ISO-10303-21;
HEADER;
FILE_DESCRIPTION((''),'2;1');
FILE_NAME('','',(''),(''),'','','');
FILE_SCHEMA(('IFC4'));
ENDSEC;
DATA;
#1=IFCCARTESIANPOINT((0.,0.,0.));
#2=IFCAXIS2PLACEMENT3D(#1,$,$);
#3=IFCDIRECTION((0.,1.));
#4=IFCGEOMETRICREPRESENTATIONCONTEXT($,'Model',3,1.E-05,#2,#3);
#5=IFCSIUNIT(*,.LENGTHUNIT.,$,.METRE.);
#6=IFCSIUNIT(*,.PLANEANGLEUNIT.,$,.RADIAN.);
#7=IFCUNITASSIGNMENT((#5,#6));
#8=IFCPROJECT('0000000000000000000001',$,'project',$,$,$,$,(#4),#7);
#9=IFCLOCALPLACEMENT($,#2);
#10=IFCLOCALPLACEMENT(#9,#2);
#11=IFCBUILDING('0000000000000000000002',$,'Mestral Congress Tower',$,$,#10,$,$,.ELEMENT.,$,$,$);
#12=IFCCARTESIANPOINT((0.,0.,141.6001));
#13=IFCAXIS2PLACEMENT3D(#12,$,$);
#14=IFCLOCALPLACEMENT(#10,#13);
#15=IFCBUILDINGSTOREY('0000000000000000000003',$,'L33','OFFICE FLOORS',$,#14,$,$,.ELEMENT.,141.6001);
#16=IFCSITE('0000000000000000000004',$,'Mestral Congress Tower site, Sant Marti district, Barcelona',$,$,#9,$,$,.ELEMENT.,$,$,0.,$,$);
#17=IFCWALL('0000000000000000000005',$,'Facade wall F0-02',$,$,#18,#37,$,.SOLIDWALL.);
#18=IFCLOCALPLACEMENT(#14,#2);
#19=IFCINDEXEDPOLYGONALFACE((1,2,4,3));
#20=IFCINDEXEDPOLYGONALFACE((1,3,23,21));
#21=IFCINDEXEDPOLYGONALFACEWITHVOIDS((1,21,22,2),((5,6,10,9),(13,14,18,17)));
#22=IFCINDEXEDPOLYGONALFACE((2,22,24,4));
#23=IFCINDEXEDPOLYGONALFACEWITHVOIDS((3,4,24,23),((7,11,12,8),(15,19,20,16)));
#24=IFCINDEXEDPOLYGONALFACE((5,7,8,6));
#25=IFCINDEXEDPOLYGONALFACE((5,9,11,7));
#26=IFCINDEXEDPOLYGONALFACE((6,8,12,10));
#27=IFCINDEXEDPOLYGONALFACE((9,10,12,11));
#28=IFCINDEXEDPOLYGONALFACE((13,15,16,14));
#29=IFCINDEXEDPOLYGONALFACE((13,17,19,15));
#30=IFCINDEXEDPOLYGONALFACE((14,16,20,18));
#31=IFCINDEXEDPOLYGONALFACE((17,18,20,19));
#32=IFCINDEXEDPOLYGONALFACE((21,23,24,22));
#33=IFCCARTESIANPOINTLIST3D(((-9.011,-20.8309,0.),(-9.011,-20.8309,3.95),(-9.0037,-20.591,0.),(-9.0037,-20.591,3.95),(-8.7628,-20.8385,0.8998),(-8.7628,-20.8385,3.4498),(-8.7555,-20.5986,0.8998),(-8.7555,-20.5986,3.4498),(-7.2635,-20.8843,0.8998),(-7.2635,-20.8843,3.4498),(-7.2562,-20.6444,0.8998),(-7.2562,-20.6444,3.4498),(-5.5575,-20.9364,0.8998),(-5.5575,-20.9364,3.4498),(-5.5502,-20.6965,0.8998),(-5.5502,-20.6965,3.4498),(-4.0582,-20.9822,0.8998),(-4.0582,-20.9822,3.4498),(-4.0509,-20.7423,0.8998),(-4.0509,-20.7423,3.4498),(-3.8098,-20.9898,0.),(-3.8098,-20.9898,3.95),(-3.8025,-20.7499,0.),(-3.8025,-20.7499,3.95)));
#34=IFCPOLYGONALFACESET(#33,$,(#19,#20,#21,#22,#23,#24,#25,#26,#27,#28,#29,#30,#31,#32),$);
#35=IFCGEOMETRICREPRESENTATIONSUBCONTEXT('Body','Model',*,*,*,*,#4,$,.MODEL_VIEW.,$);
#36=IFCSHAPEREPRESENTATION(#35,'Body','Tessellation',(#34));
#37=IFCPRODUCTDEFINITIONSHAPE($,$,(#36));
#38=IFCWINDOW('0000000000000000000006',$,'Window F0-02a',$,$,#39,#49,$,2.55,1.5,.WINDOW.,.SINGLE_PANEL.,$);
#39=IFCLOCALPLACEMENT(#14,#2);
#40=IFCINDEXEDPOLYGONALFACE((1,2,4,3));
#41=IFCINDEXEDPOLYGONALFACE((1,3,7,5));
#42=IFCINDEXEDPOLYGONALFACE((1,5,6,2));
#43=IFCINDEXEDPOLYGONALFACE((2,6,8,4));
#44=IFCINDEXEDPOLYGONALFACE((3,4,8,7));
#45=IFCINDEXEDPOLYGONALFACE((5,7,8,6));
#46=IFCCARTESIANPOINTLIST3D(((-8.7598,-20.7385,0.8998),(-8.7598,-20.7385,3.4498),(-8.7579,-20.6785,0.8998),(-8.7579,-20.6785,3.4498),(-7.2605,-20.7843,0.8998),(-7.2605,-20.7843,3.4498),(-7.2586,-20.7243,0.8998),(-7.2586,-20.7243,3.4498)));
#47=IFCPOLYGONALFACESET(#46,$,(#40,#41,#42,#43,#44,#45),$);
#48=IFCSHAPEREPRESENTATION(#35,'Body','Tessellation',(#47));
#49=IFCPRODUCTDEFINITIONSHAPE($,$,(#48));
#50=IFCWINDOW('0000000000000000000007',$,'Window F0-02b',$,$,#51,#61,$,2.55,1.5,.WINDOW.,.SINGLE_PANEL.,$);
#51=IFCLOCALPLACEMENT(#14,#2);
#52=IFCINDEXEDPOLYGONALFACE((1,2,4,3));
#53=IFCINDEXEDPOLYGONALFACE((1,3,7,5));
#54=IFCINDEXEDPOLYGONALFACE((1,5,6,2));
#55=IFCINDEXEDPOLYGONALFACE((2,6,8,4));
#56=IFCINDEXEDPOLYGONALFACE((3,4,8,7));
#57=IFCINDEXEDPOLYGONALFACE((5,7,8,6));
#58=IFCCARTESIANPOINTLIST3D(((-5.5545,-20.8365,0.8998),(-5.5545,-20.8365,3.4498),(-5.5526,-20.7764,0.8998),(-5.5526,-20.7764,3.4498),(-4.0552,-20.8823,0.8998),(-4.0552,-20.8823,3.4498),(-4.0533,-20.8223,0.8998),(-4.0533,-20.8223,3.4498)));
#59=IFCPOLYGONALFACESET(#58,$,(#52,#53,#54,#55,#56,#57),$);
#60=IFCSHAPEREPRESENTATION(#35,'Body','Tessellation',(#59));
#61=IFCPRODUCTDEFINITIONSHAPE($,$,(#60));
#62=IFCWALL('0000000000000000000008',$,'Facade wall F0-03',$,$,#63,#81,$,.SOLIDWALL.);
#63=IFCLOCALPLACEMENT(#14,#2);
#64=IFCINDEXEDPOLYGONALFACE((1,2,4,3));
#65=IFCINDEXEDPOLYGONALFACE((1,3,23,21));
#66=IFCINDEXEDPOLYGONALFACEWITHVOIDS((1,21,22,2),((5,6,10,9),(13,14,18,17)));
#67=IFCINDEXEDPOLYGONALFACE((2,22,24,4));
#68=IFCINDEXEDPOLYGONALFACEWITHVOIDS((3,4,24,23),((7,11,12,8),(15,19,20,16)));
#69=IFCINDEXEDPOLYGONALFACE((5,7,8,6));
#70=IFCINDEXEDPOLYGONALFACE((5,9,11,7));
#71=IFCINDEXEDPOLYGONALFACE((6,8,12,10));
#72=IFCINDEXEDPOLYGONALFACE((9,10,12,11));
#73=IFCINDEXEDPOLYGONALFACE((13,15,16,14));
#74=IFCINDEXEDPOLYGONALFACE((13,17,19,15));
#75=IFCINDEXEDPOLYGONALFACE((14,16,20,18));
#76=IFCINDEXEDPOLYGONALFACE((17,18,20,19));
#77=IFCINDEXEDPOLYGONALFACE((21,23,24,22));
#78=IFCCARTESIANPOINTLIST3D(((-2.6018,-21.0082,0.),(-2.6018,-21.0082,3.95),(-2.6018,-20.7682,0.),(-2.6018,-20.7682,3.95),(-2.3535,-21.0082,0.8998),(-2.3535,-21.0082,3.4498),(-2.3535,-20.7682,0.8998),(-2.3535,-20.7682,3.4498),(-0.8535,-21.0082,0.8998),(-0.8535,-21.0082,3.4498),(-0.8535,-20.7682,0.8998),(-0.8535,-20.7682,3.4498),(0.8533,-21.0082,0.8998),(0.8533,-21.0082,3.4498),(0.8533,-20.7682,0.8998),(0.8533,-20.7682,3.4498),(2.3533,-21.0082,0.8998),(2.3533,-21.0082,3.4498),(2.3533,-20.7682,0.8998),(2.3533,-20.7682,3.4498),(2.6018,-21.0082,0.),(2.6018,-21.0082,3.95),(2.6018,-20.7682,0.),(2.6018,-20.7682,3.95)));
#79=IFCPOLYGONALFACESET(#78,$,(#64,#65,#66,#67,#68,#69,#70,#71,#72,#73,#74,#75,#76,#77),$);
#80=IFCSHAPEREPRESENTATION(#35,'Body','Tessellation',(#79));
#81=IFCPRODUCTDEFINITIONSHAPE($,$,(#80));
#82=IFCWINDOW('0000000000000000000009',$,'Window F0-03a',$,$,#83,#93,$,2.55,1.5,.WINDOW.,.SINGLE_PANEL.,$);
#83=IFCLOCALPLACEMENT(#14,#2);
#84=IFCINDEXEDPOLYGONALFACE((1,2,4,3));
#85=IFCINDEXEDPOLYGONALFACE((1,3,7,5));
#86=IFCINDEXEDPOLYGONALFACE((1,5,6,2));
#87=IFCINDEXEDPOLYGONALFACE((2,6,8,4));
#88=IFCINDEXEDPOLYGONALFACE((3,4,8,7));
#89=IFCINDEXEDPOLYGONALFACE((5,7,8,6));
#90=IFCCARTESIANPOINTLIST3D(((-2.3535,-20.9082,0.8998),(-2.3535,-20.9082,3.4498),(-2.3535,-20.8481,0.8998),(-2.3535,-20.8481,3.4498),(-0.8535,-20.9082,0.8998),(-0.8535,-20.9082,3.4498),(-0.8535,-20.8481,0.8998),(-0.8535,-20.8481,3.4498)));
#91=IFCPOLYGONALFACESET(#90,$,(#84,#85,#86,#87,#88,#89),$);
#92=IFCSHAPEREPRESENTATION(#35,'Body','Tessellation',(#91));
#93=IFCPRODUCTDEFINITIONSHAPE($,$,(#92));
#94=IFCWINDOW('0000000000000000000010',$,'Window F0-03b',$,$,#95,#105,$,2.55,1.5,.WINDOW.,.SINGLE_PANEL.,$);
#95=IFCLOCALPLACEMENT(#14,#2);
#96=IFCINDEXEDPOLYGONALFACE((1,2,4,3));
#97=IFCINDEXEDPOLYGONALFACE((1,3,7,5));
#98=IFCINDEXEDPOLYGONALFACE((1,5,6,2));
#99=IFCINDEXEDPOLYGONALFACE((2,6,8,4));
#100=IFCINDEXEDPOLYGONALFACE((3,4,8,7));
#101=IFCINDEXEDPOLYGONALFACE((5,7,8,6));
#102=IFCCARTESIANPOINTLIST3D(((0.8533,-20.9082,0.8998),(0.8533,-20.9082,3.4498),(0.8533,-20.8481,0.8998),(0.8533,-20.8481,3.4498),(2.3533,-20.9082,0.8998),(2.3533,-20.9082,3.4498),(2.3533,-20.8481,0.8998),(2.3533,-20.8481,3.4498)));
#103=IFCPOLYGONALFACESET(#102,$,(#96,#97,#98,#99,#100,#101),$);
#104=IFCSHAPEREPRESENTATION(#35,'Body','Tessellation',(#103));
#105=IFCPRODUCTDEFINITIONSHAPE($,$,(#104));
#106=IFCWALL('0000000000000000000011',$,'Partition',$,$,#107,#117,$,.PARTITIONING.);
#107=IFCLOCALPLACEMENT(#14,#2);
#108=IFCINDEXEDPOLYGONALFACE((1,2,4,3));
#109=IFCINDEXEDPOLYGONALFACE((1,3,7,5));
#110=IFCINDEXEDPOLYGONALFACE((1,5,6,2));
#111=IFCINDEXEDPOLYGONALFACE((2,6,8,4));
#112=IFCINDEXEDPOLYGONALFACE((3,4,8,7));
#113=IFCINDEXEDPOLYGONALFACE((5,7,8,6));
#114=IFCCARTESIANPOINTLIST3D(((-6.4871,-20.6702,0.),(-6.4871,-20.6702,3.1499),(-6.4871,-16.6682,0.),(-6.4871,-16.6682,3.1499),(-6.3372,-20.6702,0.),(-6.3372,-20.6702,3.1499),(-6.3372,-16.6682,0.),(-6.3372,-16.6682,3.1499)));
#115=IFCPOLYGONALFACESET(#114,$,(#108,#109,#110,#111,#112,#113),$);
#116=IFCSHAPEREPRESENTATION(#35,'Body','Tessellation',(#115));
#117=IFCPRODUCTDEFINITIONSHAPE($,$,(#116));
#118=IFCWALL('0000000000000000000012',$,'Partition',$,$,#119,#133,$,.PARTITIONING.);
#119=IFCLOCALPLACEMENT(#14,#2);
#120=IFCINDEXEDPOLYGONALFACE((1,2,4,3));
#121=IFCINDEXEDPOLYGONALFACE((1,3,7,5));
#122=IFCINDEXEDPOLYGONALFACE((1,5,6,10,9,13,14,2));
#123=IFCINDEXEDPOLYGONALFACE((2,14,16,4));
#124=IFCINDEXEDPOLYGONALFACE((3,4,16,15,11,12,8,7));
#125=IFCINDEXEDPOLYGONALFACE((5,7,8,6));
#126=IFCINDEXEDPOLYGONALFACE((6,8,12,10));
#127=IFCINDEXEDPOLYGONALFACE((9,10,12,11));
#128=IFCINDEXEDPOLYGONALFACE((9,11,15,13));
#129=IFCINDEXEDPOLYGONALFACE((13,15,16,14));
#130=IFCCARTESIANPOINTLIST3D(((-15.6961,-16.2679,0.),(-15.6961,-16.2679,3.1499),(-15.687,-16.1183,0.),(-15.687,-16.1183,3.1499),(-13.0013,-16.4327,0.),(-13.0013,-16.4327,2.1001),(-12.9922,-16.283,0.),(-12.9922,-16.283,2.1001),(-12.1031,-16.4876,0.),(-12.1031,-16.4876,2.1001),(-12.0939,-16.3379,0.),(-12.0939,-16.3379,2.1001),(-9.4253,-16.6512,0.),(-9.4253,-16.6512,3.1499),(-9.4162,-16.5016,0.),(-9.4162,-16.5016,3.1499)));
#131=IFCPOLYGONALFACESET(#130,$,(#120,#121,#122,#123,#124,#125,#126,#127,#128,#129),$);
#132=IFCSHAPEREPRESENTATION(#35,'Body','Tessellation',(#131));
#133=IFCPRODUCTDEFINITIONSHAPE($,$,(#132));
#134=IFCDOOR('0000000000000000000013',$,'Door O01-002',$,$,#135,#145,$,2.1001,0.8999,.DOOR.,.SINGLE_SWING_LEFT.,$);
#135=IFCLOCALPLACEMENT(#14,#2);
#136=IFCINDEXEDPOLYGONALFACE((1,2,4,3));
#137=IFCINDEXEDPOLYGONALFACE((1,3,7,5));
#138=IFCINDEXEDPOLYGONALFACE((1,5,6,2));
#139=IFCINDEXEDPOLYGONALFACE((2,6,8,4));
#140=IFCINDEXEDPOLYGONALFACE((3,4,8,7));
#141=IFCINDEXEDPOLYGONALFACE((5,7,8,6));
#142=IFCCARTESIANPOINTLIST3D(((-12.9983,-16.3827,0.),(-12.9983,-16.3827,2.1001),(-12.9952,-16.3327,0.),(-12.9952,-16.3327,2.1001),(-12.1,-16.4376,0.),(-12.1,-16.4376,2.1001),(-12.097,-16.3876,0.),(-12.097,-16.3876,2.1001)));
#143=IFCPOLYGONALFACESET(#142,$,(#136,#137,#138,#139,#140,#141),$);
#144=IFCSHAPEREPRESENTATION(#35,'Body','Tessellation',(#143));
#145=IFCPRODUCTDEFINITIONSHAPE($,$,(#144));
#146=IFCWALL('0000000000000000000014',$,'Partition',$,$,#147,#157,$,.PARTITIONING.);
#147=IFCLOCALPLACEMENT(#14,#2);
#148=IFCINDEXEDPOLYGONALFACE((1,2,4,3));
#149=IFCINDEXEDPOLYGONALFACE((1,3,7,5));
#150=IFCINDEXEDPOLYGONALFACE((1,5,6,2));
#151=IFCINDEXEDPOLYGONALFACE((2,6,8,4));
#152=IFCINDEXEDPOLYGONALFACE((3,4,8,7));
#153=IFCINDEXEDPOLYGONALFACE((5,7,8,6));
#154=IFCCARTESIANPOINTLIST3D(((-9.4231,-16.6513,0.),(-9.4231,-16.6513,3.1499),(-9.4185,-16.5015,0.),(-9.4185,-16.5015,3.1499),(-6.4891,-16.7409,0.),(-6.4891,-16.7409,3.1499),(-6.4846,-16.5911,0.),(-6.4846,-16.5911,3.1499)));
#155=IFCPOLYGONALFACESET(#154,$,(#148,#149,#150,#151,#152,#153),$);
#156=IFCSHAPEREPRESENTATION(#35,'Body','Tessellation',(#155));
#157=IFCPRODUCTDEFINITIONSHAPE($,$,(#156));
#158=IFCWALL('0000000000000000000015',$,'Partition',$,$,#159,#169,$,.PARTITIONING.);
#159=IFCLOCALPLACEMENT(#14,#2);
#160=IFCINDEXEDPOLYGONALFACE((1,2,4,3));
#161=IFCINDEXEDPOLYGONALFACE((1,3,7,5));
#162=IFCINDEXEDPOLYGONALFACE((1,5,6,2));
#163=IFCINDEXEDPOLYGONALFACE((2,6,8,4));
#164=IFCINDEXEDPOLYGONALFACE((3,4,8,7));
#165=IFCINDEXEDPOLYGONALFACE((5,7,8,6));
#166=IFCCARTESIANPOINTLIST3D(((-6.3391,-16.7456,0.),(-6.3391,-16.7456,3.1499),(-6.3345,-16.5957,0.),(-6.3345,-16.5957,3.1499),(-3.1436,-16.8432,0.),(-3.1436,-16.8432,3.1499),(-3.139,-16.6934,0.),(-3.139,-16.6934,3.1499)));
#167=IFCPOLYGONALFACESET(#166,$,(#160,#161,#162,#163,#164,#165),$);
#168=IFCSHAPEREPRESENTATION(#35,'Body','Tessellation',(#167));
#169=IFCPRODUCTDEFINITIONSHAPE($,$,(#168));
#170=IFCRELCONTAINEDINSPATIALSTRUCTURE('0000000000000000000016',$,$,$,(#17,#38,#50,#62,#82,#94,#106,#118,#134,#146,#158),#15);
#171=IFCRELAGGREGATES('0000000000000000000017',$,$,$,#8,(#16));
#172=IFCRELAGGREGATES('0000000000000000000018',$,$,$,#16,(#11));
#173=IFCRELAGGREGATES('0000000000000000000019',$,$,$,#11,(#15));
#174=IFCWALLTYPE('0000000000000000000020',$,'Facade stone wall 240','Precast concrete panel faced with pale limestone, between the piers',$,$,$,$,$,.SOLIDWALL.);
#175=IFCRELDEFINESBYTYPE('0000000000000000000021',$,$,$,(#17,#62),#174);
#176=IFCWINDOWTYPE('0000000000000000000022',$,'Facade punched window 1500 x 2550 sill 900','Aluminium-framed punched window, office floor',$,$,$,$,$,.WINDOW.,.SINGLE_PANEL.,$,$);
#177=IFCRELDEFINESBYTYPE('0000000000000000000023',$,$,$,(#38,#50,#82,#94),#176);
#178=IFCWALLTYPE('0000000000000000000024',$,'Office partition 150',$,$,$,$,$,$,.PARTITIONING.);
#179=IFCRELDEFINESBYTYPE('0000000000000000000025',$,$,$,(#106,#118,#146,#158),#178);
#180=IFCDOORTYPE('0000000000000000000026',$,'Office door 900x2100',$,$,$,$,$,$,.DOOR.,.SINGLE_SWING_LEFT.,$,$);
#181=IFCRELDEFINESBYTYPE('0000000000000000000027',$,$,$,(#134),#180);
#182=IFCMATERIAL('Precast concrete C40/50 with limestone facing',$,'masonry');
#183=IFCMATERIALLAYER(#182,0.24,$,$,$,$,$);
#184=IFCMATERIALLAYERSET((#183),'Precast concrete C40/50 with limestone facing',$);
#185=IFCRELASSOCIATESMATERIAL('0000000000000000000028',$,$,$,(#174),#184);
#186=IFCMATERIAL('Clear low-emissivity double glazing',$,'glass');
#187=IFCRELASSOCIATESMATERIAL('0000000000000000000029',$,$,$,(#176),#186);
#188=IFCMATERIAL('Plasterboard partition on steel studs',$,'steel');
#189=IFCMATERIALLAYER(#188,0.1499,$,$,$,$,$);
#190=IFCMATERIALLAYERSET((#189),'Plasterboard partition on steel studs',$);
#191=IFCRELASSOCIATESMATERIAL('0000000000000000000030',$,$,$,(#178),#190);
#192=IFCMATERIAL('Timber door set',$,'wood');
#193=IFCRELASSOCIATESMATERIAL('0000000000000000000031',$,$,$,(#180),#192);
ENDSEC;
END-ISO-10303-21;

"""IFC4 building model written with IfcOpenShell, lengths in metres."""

from ifc_helpers import new_model, si_unit, direction, frame, frame_2d, origin, place, context, subcontext, project, spatial, rectangle, extrude, material, layer, layer_set, type_object, element, fill, save


model = new_model("IFC4")

# Units and contexts
model_context = context("Model", 3, precision=1e-05, world=origin(), true_north=direction((0.0, 1.0)))
body_context = subcontext(model_context, "Body", "Model", "MODEL_VIEW")
ifc_project = project(units=[si_unit("LENGTHUNIT", "METRE"), si_unit("PLANEANGLEUNIT", "RADIAN")], contexts=[model_context])

# Site, building, storey
site_placement = place(None, origin())
site = spatial("IfcSite", under=ifc_project, at=site_placement, Name="Mestral Congress Tower site, Sant Marti district, Barcelona", CompositionType="ELEMENT", RefElevation=0.0)
building_placement = place(site_placement, origin())
building = spatial("IfcBuilding", under=site, at=building_placement, Name="Mestral Congress Tower", CompositionType="ELEMENT")
storey_placement = place(building_placement, frame((0.0, 0.0, 141.6001)))
storey = spatial("IfcBuildingStorey", under=building, at=storey_placement, Name="L33", Description="OFFICE FLOORS", CompositionType="ELEMENT", Elevation=141.6001)

# Walls, openings, windows
ifc_material_1 = material(Name="Precast concrete C40/50 with limestone facing", Category="masonry")
ifc_layer_1 = layer(ifc_material_1, 0.24)
ifc_layer_set_1 = layer_set([ifc_layer_1], Name="Precast concrete C40/50 with limestone facing")
wall_type_1 = type_object("IfcWallType", Name="Facade stone wall 240", Description="Precast concrete panel faced with pale limestone, between the piers", PredefinedType="SOLIDWALL", material=ifc_layer_set_1)
wall_1_placement = place(storey_placement, frame((-9.0073, -20.7109, 0.0), z_axis=(0.0, 0.0, 1.0), x_axis=(0.999533, -0.030543, 0.0)))
wall_1 = element("IfcWall", 1, at=wall_1_placement, inside=storey, type_object=wall_type_1, Name="Facade wall F0-02", PredefinedType="SOLIDWALL", context=body_context, shape_type="SweptSolid", body=[
    extrude(rectangle(XDim=5.2036, YDim=0.24, at=frame_2d((2.6018, 0.0))), origin(), (0.0, 0.0, 1.0), 3.95),
])
opening_1_placement = place(wall_1_placement, frame((0.2483, 0.0, 0.8999)))
opening_1 = element("IfcOpeningElement", 2, at=opening_1_placement, cuts=wall_1, PredefinedType="OPENING", context=body_context, shape_type="SweptSolid", body=[
    extrude(rectangle(XDim=1.5, YDim=2.55, at=frame_2d((0.75, 1.2749))), frame((0.0, 0.1299, 0.0), z_axis=(0.0, -1.0, 0.0), x_axis=(1.0, 0.0, 0.0)), (0.0, 0.0, 1.0), 0.26),
])
opening_2_placement = place(wall_1_placement, frame((3.4551, 0.0, 0.8999)))
opening_2 = element("IfcOpeningElement", 3, at=opening_2_placement, cuts=wall_1, PredefinedType="OPENING", context=body_context, shape_type="SweptSolid", body=[
    extrude(rectangle(XDim=1.5, YDim=2.55, at=frame_2d((0.75, 1.2749))), frame((0.0, 0.1299, 0.0), z_axis=(0.0, -1.0, 0.0), x_axis=(1.0, 0.0, 0.0)), (0.0, 0.0, 1.0), 0.26),
])
ifc_material_2 = material(Name="Clear low-emissivity double glazing", Category="glass")
window_type = type_object("IfcWindowType", Name="Facade punched window 1500 x 2550 sill 900", Description="Aluminium-framed punched window, office floor", PartitioningType="SINGLE_PANEL", PredefinedType="WINDOW", material=ifc_material_2)
window_1_placement = place(opening_1_placement, origin())
window_1 = element("IfcWindow", 4, at=window_1_placement, inside=storey, type_object=window_type, Name="Window F0-02a", OverallHeight=2.55, OverallWidth=1.5, PartitioningType="SINGLE_PANEL", PredefinedType="WINDOW", context=body_context, shape_type="SweptSolid", body=[
    extrude(rectangle(XDim=1.5, YDim=2.55, at=frame_2d((0.75, 1.2749))), frame((0.0, 0.04, 0.0), z_axis=(0.0, -1.0, 0.0), x_axis=(1.0, 0.0, 0.0)), (0.0, 0.0, 1.0), 0.0601),
])
fill(opening_1, window_1)
window_2_placement = place(opening_2_placement, origin())
window_2 = element("IfcWindow", 5, at=window_2_placement, inside=storey, type_object=window_type, Name="Window F0-02b", OverallHeight=2.55, OverallWidth=1.5, PartitioningType="SINGLE_PANEL", PredefinedType="WINDOW", context=body_context, shape_type="SweptSolid", body=[
    extrude(rectangle(XDim=1.5, YDim=2.55, at=frame_2d((0.75, 1.2749))), frame((0.0, 0.04, 0.0), z_axis=(0.0, -1.0, 0.0), x_axis=(1.0, 0.0, 0.0)), (0.0, 0.0, 1.0), 0.0601),
])
fill(opening_2, window_2)
wall_2_placement = place(storey_placement, frame((-2.6018, -20.8882, 0.0), z_axis=(0.0, 0.0, 1.0), x_axis=(1.0, 0.0, 0.0)))
wall_2 = element("IfcWall", 6, at=wall_2_placement, inside=storey, type_object=wall_type_1, Name="Facade wall F0-03", PredefinedType="SOLIDWALL", context=body_context, shape_type="SweptSolid", body=[
    extrude(rectangle(XDim=5.2036, YDim=0.24, at=frame_2d((2.6018, 0.0))), origin(), (0.0, 0.0, 1.0), 3.95),
])
opening_3_placement = place(wall_2_placement, frame((0.2483, 0.0, 0.8999)))
opening_3 = element("IfcOpeningElement", 7, at=opening_3_placement, cuts=wall_2, PredefinedType="OPENING", context=body_context, shape_type="SweptSolid", body=[
    extrude(rectangle(XDim=1.5, YDim=2.55, at=frame_2d((0.75, 1.2749))), frame((0.0, 0.1299, 0.0), z_axis=(0.0, -1.0, 0.0), x_axis=(1.0, 0.0, 0.0)), (0.0, 0.0, 1.0), 0.26),
])
opening_4_placement = place(wall_2_placement, frame((3.4551, 0.0, 0.8999)))
opening_4 = element("IfcOpeningElement", 8, at=opening_4_placement, cuts=wall_2, PredefinedType="OPENING", context=body_context, shape_type="SweptSolid", body=[
    extrude(rectangle(XDim=1.5, YDim=2.55, at=frame_2d((0.75, 1.2749))), frame((0.0, 0.1299, 0.0), z_axis=(0.0, -1.0, 0.0), x_axis=(1.0, 0.0, 0.0)), (0.0, 0.0, 1.0), 0.26),
])
window_3_placement = place(opening_3_placement, origin())
window_3 = element("IfcWindow", 9, at=window_3_placement, inside=storey, type_object=window_type, Name="Window F0-03a", OverallHeight=2.55, OverallWidth=1.5, PartitioningType="SINGLE_PANEL", PredefinedType="WINDOW", context=body_context, shape_type="SweptSolid", body=[
    extrude(rectangle(XDim=1.5, YDim=2.55, at=frame_2d((0.75, 1.2749))), frame((0.0, 0.04, 0.0), z_axis=(0.0, -1.0, 0.0), x_axis=(1.0, 0.0, 0.0)), (0.0, 0.0, 1.0), 0.0601),
])
fill(opening_3, window_3)
window_4_placement = place(opening_4_placement, origin())
window_4 = element("IfcWindow", 10, at=window_4_placement, inside=storey, type_object=window_type, Name="Window F0-03b", OverallHeight=2.55, OverallWidth=1.5, PartitioningType="SINGLE_PANEL", PredefinedType="WINDOW", context=body_context, shape_type="SweptSolid", body=[
    extrude(rectangle(XDim=1.5, YDim=2.55, at=frame_2d((0.75, 1.2749))), frame((0.0, 0.04, 0.0), z_axis=(0.0, -1.0, 0.0), x_axis=(1.0, 0.0, 0.0)), (0.0, 0.0, 1.0), 0.0601),
])
fill(opening_4, window_4)

# Wall
ifc_material_3 = material(Name="Plasterboard partition on steel studs", Category="steel")
ifc_layer_2 = layer(ifc_material_3, 0.1499)
ifc_layer_set_2 = layer_set([ifc_layer_2], Name="Plasterboard partition on steel studs")
wall_type_2 = type_object("IfcWallType", Name="Office partition 150", PredefinedType="PARTITIONING", material=ifc_layer_set_2)
wall_3_placement = place(storey_placement, frame((-6.4121, -16.6682, 0.0), z_axis=(0.0, 0.0, 1.0), x_axis=(0.0, -1.0, 0.0)))
element("IfcWall", 11, at=wall_3_placement, inside=storey, type_object=wall_type_2, Name="Partition", PredefinedType="PARTITIONING", context=body_context, shape_type="SweptSolid", body=[
    extrude(rectangle(XDim=4.002, YDim=0.1499, at=frame_2d((2.001, 0.0))), origin(), (0.0, 0.0, 1.0), 3.1499),
])

# Wall, opening, door
wall_4_placement = place(storey_placement, frame((-9.4209, -16.5764, 0.0), z_axis=(0.0, 0.0, 1.0), x_axis=(-0.998137, 0.061011, 0.0)))
wall_4 = element("IfcWall", 12, at=wall_4_placement, inside=storey, type_object=wall_type_2, Name="Partition", PredefinedType="PARTITIONING", context=body_context, shape_type="SweptSolid", body=[
    extrude(rectangle(XDim=6.2825, YDim=0.1499, at=frame_2d((3.1411, 0.0))), origin(), (0.0, 0.0, 1.0), 3.1499),
])
opening_5_placement = place(wall_4_placement, frame((2.6826, 0.0, 0.0)))
opening_5 = element("IfcOpeningElement", 13, at=opening_5_placement, cuts=wall_4, PredefinedType="OPENING", context=body_context, shape_type="SweptSolid", body=[
    extrude(rectangle(XDim=0.8999, YDim=2.1001, at=frame_2d((0.45, 1.05))), frame((0.0, 0.085, 0.0), z_axis=(0.0, -1.0, 0.0), x_axis=(1.0, 0.0, 0.0)), (0.0, 0.0, 1.0), 0.1699),
])
ifc_material_4 = material(Name="Timber door set", Category="wood")
door_type_1 = type_object("IfcDoorType", Name="Office door 900x2100", OperationType="SINGLE_SWING_LEFT", PredefinedType="DOOR", material=ifc_material_4)
door_1_placement = place(opening_5_placement, origin())
door_1 = element("IfcDoor", 14, at=door_1_placement, inside=storey, type_object=door_type_1, Name="Door O01-002", OperationType="SINGLE_SWING_LEFT", OverallHeight=2.1001, OverallWidth=0.8999, PredefinedType="DOOR", context=body_context, shape_type="SweptSolid", body=[
    extrude(rectangle(XDim=0.8999, YDim=2.1001, at=frame_2d((0.45, 1.05))), frame((0.0, 0.0249, 0.0), z_axis=(0.0, -1.0, 0.0), x_axis=(1.0, 0.0, 0.0)), (0.0, 0.0, 1.0), 0.05),
])
fill(opening_5, door_1)

# Walls
wall_5_placement = place(storey_placement, frame((-9.4209, -16.5764, 0.0), z_axis=(0.0, 0.0, 1.0), x_axis=(0.999534, -0.030526, 0.0)))
element("IfcWall", 15, at=wall_5_placement, inside=storey, type_object=wall_type_2, Name="Partition", PredefinedType="PARTITIONING", context=body_context, shape_type="SweptSolid", body=[
    extrude(rectangle(XDim=2.9353, YDim=0.1499, at=frame_2d((1.4678, 0.0))), origin(), (0.0, 0.0, 1.0), 3.1499),
])
wall_6_placement = place(storey_placement, frame((-6.3369, -16.6707, 0.0), z_axis=(0.0, 0.0, 1.0), x_axis=(0.999533, -0.030546, 0.0)))
element("IfcWall", 16, at=wall_6_placement, inside=storey, type_object=wall_type_2, Name="Partition", PredefinedType="PARTITIONING", context=body_context, shape_type="SweptSolid", body=[
    extrude(rectangle(XDim=3.197, YDim=0.1499, at=frame_2d((1.5986, 0.0))), origin(), (0.0, 0.0, 1.0), 3.1499),
])

save(model, "model.ifc")
